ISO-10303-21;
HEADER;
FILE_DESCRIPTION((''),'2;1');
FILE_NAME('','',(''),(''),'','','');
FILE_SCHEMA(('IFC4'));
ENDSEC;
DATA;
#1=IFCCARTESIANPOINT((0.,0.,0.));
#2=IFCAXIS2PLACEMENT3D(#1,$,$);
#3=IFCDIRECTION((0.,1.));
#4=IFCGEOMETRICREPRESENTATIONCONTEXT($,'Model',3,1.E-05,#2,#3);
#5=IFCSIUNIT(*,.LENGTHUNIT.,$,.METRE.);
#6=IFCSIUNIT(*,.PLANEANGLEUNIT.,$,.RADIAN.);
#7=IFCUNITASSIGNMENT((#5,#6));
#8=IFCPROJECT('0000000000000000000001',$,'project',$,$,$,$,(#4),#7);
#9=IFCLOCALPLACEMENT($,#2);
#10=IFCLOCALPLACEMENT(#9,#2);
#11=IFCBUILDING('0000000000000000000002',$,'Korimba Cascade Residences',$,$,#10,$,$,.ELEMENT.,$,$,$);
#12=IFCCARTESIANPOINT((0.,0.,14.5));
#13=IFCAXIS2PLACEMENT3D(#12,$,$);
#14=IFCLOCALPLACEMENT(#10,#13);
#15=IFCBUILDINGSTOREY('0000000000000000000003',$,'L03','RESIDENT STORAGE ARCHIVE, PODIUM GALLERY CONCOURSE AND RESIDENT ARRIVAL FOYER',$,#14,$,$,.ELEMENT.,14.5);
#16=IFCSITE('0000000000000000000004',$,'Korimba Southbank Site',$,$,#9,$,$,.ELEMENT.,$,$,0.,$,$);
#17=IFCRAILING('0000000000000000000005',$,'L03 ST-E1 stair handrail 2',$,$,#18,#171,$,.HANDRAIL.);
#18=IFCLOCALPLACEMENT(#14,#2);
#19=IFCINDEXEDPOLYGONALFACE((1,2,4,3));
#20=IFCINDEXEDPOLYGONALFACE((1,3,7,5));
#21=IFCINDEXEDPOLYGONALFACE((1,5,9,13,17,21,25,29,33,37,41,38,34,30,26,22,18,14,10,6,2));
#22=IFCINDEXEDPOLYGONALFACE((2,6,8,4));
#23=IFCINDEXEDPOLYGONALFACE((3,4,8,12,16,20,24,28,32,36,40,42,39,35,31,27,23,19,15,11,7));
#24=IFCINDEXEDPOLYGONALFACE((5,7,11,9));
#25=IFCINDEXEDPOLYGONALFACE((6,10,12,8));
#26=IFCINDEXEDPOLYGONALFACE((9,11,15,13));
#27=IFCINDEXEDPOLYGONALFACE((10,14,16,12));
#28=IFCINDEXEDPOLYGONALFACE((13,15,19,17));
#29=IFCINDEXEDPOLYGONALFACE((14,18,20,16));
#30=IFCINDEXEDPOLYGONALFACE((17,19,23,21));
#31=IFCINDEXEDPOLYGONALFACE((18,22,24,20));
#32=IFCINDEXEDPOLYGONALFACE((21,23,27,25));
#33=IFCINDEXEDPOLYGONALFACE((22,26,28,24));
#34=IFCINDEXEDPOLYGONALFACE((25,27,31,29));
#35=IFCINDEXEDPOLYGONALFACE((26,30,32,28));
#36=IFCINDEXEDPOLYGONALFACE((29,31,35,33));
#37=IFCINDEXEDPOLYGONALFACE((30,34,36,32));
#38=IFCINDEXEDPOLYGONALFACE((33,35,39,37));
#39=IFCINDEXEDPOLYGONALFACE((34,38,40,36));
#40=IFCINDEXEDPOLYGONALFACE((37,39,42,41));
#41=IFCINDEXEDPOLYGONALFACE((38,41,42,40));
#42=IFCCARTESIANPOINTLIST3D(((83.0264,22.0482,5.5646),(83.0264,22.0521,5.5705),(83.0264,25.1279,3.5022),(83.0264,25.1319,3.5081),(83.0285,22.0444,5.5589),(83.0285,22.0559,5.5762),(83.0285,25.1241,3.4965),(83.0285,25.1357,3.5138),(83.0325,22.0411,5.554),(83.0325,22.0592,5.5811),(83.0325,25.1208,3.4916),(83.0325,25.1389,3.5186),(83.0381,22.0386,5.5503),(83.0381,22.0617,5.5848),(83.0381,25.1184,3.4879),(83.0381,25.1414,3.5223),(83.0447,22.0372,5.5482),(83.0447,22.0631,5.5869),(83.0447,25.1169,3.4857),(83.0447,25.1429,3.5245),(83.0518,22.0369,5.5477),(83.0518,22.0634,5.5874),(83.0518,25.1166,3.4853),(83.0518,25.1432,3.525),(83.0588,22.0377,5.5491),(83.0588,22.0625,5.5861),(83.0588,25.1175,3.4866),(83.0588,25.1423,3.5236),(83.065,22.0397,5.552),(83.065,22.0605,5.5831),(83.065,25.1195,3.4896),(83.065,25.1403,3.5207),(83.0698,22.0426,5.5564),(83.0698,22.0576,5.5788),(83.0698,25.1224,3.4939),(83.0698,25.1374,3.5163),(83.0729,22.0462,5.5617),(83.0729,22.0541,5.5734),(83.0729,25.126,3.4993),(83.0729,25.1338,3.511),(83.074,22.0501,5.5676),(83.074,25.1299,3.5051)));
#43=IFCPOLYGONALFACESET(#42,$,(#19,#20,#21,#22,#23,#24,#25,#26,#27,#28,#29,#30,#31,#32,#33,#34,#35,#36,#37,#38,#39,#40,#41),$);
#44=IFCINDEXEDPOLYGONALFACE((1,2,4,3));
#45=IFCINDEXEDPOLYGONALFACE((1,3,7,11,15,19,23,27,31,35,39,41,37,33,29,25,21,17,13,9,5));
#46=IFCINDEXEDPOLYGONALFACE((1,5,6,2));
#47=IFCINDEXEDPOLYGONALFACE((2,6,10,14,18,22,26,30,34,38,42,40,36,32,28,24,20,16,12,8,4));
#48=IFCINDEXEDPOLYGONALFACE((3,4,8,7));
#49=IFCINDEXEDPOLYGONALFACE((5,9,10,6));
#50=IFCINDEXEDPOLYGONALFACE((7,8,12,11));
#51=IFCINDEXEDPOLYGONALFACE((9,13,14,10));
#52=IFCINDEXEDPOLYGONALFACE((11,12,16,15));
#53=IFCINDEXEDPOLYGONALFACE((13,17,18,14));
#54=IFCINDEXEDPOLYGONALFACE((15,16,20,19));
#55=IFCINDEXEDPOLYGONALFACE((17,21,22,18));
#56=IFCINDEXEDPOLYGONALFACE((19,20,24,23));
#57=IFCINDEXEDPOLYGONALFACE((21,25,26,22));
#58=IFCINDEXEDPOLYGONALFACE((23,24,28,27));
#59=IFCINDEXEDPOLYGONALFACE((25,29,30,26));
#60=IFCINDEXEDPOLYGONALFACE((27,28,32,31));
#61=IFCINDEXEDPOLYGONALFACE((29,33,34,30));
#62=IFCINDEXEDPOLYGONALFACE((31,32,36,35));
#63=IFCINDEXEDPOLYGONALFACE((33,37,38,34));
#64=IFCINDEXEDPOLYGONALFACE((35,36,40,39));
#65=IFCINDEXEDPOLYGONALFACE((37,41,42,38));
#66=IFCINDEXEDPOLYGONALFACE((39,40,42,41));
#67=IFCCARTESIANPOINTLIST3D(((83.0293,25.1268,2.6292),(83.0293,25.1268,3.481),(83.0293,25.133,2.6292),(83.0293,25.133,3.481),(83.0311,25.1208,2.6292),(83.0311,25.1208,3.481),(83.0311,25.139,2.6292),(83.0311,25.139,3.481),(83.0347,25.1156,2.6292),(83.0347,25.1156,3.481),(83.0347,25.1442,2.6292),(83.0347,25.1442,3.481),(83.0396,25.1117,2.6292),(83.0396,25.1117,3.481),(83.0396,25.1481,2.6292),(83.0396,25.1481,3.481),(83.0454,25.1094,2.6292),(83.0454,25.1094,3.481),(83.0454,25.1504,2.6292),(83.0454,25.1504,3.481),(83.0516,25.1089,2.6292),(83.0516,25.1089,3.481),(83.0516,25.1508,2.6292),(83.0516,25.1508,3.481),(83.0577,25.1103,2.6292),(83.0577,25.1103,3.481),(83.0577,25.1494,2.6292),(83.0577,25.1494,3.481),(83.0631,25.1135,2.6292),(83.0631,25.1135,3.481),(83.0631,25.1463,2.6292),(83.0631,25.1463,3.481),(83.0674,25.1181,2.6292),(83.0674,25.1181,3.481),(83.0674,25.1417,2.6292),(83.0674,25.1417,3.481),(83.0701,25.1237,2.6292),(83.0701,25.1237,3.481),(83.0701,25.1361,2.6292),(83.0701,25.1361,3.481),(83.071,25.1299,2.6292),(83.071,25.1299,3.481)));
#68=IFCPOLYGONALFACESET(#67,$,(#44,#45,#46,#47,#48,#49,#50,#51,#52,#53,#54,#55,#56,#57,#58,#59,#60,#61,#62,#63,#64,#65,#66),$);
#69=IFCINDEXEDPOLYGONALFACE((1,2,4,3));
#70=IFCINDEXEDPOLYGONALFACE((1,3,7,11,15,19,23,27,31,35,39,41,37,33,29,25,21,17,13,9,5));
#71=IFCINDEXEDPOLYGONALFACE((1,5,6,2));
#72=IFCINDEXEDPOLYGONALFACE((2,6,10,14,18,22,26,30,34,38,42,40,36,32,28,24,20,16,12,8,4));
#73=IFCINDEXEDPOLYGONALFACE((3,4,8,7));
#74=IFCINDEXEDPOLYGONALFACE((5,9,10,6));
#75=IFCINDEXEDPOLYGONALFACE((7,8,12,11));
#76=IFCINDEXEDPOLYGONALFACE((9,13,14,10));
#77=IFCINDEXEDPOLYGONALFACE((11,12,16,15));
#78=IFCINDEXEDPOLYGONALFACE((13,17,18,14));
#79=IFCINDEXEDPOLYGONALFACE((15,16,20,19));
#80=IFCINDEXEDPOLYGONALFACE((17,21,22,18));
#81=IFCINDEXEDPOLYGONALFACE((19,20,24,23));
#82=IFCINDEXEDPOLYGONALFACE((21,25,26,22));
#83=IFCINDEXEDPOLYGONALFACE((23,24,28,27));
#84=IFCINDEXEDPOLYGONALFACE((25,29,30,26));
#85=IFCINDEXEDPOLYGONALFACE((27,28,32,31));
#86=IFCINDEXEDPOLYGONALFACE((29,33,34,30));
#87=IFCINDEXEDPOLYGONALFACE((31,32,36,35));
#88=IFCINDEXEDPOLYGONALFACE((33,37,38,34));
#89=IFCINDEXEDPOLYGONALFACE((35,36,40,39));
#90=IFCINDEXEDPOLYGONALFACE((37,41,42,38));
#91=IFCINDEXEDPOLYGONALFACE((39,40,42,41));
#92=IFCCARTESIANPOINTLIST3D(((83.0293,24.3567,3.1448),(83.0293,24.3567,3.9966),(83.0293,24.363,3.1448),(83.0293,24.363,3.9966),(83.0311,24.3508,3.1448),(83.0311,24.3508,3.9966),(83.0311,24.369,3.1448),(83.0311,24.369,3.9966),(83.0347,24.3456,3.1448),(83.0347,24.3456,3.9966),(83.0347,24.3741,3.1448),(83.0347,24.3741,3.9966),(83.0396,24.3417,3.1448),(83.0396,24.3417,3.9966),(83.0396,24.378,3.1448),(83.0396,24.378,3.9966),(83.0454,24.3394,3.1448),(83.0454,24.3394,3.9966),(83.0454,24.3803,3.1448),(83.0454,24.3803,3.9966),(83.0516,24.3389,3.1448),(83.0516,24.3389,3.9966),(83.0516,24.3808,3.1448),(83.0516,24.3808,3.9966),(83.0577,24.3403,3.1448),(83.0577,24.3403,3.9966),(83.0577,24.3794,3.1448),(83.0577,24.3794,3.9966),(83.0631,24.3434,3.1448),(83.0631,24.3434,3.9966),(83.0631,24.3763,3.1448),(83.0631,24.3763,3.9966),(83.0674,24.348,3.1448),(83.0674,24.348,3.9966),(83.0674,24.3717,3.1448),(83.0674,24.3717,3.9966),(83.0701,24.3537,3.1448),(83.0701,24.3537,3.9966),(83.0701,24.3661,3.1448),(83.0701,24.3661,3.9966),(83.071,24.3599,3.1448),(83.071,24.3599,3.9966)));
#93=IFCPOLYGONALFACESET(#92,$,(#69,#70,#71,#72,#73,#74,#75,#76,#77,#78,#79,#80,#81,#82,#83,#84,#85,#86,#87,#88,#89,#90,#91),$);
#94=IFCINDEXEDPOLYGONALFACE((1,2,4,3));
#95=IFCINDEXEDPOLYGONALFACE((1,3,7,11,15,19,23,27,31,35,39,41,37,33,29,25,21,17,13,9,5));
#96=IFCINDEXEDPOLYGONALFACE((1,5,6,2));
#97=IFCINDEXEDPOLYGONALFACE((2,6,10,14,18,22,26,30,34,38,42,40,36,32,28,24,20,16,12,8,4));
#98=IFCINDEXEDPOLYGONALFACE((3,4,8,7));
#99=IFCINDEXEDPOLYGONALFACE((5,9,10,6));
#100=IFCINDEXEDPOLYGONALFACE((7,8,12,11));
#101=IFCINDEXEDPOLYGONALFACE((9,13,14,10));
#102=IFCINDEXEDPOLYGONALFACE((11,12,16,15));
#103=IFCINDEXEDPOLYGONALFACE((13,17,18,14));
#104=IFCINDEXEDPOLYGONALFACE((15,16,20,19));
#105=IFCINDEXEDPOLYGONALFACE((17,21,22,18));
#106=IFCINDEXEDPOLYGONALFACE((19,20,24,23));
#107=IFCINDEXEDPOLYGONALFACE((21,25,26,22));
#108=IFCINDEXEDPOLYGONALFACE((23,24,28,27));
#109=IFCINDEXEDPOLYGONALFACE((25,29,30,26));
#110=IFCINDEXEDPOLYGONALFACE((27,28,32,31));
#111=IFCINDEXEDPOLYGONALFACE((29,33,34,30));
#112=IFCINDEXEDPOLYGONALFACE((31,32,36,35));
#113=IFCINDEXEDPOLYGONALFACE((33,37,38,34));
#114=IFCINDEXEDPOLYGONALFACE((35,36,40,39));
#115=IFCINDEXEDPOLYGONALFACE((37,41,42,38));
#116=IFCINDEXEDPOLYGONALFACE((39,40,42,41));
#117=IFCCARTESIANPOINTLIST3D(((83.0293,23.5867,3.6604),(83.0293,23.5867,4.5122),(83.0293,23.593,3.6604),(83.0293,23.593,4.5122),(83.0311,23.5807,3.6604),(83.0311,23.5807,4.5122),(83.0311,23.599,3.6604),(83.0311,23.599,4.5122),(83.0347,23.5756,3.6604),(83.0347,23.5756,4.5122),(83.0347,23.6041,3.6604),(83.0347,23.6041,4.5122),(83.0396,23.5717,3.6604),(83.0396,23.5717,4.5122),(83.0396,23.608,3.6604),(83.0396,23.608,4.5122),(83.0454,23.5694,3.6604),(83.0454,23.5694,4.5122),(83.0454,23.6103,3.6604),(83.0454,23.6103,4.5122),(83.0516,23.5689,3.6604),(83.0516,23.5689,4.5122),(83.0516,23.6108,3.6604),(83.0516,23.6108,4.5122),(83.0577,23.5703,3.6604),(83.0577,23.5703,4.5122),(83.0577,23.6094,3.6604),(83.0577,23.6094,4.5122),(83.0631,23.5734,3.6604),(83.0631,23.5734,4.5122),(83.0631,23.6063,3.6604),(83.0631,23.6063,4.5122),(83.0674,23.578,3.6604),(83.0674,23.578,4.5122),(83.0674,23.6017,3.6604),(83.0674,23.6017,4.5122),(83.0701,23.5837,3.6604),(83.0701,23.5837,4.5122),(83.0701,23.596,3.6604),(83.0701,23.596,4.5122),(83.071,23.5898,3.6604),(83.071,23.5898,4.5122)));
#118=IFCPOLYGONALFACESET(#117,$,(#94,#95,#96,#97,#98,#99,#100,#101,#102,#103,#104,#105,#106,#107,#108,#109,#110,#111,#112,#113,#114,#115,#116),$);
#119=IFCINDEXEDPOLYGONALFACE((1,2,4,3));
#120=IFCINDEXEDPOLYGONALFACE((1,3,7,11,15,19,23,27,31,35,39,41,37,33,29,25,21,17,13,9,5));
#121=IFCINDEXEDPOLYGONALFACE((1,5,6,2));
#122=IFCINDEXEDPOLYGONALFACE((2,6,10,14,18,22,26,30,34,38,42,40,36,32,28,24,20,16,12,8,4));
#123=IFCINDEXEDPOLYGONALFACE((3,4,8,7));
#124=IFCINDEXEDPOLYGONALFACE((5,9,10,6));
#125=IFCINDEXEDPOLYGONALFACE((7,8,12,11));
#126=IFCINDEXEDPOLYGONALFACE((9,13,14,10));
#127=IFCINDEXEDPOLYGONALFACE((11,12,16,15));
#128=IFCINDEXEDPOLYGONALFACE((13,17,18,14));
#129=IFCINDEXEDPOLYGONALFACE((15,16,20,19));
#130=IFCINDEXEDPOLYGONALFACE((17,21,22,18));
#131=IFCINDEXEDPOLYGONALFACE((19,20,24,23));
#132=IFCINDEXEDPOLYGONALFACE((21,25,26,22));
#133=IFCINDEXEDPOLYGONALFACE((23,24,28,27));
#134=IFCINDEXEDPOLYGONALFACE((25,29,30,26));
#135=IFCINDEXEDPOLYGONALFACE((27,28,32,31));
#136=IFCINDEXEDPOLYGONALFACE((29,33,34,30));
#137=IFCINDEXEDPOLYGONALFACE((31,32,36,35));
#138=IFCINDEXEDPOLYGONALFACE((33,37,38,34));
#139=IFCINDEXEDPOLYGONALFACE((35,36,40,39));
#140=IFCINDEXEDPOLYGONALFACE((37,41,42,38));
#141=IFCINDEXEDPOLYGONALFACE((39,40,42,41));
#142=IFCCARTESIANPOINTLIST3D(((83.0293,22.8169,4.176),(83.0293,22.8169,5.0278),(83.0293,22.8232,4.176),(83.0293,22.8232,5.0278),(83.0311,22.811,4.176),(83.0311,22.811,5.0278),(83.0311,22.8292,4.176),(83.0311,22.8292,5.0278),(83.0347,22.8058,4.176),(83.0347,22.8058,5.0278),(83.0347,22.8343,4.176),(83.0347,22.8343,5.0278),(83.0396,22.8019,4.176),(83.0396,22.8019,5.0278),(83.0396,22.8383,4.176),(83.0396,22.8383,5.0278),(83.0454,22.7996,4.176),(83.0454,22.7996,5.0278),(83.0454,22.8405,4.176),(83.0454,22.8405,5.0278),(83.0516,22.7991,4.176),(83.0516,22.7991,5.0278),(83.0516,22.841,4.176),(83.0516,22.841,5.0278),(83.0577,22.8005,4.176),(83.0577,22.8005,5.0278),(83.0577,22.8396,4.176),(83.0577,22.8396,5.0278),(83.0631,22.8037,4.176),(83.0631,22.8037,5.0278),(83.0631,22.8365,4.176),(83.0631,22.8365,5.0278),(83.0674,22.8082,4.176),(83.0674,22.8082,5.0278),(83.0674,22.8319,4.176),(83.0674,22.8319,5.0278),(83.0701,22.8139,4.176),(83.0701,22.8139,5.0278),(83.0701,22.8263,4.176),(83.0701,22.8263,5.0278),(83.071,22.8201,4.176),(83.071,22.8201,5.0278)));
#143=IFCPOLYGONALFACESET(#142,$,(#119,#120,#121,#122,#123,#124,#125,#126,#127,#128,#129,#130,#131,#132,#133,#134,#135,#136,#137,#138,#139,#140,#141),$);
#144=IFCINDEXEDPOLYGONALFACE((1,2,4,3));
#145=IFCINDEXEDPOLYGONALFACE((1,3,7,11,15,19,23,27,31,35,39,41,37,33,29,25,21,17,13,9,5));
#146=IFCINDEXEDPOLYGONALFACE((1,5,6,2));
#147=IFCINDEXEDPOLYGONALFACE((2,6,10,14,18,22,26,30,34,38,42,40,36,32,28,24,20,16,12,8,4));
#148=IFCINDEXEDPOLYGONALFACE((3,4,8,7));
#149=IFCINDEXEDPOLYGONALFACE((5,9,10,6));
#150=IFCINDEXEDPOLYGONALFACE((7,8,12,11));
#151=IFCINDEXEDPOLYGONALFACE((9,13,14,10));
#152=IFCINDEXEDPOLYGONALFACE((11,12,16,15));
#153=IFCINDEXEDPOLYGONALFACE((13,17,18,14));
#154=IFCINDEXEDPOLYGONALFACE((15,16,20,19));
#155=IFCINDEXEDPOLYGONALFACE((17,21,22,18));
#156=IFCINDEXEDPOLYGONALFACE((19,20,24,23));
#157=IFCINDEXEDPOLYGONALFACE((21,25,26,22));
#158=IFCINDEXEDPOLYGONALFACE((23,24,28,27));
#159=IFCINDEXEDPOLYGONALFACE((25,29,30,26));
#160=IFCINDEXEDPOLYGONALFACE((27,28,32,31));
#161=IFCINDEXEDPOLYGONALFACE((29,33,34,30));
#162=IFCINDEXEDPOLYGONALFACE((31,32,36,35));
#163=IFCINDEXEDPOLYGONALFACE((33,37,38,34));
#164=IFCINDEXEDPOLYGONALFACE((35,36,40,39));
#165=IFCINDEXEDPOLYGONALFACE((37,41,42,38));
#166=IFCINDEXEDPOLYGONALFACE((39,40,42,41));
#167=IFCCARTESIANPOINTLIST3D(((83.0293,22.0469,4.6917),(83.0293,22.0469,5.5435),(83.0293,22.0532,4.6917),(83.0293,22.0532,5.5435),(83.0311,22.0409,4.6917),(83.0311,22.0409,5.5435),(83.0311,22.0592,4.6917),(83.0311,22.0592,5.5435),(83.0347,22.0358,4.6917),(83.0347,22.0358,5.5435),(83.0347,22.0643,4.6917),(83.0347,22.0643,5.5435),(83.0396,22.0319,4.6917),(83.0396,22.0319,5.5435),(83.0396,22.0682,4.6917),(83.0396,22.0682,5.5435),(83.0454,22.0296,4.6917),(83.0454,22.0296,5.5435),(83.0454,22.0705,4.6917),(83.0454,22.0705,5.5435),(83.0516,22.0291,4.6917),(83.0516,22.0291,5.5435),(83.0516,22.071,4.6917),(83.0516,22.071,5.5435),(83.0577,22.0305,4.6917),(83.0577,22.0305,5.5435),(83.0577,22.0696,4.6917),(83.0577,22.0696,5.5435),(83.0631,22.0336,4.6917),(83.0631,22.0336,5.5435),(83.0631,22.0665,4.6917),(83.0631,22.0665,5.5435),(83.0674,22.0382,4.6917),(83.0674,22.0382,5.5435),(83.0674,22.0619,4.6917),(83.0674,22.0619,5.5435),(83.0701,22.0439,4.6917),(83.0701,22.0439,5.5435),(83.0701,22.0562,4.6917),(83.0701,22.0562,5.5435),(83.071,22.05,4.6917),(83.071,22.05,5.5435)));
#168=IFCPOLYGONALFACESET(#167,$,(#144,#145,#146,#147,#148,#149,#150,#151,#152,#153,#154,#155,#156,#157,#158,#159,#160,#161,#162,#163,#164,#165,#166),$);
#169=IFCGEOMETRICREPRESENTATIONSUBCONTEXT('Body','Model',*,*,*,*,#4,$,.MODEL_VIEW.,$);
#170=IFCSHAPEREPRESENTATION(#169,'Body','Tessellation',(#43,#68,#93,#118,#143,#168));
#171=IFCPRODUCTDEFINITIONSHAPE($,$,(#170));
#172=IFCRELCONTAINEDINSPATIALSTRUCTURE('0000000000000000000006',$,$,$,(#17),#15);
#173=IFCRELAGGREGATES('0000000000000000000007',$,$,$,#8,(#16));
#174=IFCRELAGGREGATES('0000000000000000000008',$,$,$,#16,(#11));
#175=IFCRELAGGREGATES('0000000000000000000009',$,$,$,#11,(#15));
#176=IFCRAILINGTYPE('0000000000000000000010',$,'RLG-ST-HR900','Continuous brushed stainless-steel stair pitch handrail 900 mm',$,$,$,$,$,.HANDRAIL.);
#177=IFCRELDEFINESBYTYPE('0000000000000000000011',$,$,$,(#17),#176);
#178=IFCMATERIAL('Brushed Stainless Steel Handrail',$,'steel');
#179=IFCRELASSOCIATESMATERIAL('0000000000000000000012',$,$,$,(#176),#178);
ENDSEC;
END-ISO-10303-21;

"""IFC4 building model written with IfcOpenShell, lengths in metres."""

from ifc_helpers import new_model, si_unit, direction, frame, origin, origin_2d, place, context, subcontext, project, spatial, circle, extrude, material, type_object, element, save


model = new_model("IFC4")

# Units and contexts
model_context = context("Model", 3, precision=1e-05, world=origin(), true_north=direction((0.0, 1.0)))
body_context = subcontext(model_context, "Body", "Model", "MODEL_VIEW")
ifc_project = project(units=[si_unit("LENGTHUNIT", "METRE"), si_unit("PLANEANGLEUNIT", "RADIAN")], contexts=[model_context])

# Site, building, storey
site_placement = place(None, origin())
site = spatial("IfcSite", under=ifc_project, at=site_placement, Name="Korimba Southbank Site", CompositionType="ELEMENT", RefElevation=0.0)
building_placement = place(site_placement, origin())
building = spatial("IfcBuilding", under=site, at=building_placement, Name="Korimba Cascade Residences", CompositionType="ELEMENT")
storey_placement = place(building_placement, frame((0.0, 0.0, 14.5)))
storey = spatial("IfcBuildingStorey", under=building, at=storey_placement, Name="L03", Description="RESIDENT STORAGE ARCHIVE, PODIUM GALLERY CONCOURSE AND RESIDENT ARRIVAL FOYER", CompositionType="ELEMENT", Elevation=14.5)

# Railing
ifc_material_1 = material(Name="Brushed Stainless Steel Handrail", Category="steel")
railing_type_1 = type_object("IfcRailingType", Name="RLG-ST-HR900", Description="Continuous brushed stainless-steel stair pitch handrail 900 mm", PredefinedType="HANDRAIL", material=ifc_material_1)
railing_1_placement = place(storey_placement, frame((83.05, 25.1299, 2.6292)))
element("IfcRailing", 1, at=railing_1_placement, inside=storey, type_object=railing_type_1, Name="L03 ST-E1 stair handrail 2", PredefinedType="HANDRAIL", context=body_context, shape_type="SweptSolid", body=[
    extrude(circle(Radius=0.0239, at=origin_2d()), frame((0.0, 0.0, 0.876), z_axis=(0.0, -0.830893, 0.556432), x_axis=(1.0, 0.0, 0.0)), (0.0, 0.0, 1.0), 3.7065),
    extrude(circle(Radius=0.021, at=origin_2d()), origin(), (0.0, 0.0, 1.0), 0.8518),
    extrude(circle(Radius=0.021, at=origin_2d()), frame((0.0, -0.77, 0.5156)), (0.0, 0.0, 1.0), 0.8518),
    extrude(circle(Radius=0.021, at=origin_2d()), frame((0.0, -1.54, 1.0312)), (0.0, 0.0, 1.0), 0.8518),
    extrude(circle(Radius=0.021, at=origin_2d()), frame((0.0, -2.3098, 1.5469)), (0.0, 0.0, 1.0), 0.8518),
    extrude(circle(Radius=0.021, at=origin_2d()), frame((0.0, -3.0798, 2.0625)), (0.0, 0.0, 1.0), 0.8518),
])

save(model, "model.ifc")
